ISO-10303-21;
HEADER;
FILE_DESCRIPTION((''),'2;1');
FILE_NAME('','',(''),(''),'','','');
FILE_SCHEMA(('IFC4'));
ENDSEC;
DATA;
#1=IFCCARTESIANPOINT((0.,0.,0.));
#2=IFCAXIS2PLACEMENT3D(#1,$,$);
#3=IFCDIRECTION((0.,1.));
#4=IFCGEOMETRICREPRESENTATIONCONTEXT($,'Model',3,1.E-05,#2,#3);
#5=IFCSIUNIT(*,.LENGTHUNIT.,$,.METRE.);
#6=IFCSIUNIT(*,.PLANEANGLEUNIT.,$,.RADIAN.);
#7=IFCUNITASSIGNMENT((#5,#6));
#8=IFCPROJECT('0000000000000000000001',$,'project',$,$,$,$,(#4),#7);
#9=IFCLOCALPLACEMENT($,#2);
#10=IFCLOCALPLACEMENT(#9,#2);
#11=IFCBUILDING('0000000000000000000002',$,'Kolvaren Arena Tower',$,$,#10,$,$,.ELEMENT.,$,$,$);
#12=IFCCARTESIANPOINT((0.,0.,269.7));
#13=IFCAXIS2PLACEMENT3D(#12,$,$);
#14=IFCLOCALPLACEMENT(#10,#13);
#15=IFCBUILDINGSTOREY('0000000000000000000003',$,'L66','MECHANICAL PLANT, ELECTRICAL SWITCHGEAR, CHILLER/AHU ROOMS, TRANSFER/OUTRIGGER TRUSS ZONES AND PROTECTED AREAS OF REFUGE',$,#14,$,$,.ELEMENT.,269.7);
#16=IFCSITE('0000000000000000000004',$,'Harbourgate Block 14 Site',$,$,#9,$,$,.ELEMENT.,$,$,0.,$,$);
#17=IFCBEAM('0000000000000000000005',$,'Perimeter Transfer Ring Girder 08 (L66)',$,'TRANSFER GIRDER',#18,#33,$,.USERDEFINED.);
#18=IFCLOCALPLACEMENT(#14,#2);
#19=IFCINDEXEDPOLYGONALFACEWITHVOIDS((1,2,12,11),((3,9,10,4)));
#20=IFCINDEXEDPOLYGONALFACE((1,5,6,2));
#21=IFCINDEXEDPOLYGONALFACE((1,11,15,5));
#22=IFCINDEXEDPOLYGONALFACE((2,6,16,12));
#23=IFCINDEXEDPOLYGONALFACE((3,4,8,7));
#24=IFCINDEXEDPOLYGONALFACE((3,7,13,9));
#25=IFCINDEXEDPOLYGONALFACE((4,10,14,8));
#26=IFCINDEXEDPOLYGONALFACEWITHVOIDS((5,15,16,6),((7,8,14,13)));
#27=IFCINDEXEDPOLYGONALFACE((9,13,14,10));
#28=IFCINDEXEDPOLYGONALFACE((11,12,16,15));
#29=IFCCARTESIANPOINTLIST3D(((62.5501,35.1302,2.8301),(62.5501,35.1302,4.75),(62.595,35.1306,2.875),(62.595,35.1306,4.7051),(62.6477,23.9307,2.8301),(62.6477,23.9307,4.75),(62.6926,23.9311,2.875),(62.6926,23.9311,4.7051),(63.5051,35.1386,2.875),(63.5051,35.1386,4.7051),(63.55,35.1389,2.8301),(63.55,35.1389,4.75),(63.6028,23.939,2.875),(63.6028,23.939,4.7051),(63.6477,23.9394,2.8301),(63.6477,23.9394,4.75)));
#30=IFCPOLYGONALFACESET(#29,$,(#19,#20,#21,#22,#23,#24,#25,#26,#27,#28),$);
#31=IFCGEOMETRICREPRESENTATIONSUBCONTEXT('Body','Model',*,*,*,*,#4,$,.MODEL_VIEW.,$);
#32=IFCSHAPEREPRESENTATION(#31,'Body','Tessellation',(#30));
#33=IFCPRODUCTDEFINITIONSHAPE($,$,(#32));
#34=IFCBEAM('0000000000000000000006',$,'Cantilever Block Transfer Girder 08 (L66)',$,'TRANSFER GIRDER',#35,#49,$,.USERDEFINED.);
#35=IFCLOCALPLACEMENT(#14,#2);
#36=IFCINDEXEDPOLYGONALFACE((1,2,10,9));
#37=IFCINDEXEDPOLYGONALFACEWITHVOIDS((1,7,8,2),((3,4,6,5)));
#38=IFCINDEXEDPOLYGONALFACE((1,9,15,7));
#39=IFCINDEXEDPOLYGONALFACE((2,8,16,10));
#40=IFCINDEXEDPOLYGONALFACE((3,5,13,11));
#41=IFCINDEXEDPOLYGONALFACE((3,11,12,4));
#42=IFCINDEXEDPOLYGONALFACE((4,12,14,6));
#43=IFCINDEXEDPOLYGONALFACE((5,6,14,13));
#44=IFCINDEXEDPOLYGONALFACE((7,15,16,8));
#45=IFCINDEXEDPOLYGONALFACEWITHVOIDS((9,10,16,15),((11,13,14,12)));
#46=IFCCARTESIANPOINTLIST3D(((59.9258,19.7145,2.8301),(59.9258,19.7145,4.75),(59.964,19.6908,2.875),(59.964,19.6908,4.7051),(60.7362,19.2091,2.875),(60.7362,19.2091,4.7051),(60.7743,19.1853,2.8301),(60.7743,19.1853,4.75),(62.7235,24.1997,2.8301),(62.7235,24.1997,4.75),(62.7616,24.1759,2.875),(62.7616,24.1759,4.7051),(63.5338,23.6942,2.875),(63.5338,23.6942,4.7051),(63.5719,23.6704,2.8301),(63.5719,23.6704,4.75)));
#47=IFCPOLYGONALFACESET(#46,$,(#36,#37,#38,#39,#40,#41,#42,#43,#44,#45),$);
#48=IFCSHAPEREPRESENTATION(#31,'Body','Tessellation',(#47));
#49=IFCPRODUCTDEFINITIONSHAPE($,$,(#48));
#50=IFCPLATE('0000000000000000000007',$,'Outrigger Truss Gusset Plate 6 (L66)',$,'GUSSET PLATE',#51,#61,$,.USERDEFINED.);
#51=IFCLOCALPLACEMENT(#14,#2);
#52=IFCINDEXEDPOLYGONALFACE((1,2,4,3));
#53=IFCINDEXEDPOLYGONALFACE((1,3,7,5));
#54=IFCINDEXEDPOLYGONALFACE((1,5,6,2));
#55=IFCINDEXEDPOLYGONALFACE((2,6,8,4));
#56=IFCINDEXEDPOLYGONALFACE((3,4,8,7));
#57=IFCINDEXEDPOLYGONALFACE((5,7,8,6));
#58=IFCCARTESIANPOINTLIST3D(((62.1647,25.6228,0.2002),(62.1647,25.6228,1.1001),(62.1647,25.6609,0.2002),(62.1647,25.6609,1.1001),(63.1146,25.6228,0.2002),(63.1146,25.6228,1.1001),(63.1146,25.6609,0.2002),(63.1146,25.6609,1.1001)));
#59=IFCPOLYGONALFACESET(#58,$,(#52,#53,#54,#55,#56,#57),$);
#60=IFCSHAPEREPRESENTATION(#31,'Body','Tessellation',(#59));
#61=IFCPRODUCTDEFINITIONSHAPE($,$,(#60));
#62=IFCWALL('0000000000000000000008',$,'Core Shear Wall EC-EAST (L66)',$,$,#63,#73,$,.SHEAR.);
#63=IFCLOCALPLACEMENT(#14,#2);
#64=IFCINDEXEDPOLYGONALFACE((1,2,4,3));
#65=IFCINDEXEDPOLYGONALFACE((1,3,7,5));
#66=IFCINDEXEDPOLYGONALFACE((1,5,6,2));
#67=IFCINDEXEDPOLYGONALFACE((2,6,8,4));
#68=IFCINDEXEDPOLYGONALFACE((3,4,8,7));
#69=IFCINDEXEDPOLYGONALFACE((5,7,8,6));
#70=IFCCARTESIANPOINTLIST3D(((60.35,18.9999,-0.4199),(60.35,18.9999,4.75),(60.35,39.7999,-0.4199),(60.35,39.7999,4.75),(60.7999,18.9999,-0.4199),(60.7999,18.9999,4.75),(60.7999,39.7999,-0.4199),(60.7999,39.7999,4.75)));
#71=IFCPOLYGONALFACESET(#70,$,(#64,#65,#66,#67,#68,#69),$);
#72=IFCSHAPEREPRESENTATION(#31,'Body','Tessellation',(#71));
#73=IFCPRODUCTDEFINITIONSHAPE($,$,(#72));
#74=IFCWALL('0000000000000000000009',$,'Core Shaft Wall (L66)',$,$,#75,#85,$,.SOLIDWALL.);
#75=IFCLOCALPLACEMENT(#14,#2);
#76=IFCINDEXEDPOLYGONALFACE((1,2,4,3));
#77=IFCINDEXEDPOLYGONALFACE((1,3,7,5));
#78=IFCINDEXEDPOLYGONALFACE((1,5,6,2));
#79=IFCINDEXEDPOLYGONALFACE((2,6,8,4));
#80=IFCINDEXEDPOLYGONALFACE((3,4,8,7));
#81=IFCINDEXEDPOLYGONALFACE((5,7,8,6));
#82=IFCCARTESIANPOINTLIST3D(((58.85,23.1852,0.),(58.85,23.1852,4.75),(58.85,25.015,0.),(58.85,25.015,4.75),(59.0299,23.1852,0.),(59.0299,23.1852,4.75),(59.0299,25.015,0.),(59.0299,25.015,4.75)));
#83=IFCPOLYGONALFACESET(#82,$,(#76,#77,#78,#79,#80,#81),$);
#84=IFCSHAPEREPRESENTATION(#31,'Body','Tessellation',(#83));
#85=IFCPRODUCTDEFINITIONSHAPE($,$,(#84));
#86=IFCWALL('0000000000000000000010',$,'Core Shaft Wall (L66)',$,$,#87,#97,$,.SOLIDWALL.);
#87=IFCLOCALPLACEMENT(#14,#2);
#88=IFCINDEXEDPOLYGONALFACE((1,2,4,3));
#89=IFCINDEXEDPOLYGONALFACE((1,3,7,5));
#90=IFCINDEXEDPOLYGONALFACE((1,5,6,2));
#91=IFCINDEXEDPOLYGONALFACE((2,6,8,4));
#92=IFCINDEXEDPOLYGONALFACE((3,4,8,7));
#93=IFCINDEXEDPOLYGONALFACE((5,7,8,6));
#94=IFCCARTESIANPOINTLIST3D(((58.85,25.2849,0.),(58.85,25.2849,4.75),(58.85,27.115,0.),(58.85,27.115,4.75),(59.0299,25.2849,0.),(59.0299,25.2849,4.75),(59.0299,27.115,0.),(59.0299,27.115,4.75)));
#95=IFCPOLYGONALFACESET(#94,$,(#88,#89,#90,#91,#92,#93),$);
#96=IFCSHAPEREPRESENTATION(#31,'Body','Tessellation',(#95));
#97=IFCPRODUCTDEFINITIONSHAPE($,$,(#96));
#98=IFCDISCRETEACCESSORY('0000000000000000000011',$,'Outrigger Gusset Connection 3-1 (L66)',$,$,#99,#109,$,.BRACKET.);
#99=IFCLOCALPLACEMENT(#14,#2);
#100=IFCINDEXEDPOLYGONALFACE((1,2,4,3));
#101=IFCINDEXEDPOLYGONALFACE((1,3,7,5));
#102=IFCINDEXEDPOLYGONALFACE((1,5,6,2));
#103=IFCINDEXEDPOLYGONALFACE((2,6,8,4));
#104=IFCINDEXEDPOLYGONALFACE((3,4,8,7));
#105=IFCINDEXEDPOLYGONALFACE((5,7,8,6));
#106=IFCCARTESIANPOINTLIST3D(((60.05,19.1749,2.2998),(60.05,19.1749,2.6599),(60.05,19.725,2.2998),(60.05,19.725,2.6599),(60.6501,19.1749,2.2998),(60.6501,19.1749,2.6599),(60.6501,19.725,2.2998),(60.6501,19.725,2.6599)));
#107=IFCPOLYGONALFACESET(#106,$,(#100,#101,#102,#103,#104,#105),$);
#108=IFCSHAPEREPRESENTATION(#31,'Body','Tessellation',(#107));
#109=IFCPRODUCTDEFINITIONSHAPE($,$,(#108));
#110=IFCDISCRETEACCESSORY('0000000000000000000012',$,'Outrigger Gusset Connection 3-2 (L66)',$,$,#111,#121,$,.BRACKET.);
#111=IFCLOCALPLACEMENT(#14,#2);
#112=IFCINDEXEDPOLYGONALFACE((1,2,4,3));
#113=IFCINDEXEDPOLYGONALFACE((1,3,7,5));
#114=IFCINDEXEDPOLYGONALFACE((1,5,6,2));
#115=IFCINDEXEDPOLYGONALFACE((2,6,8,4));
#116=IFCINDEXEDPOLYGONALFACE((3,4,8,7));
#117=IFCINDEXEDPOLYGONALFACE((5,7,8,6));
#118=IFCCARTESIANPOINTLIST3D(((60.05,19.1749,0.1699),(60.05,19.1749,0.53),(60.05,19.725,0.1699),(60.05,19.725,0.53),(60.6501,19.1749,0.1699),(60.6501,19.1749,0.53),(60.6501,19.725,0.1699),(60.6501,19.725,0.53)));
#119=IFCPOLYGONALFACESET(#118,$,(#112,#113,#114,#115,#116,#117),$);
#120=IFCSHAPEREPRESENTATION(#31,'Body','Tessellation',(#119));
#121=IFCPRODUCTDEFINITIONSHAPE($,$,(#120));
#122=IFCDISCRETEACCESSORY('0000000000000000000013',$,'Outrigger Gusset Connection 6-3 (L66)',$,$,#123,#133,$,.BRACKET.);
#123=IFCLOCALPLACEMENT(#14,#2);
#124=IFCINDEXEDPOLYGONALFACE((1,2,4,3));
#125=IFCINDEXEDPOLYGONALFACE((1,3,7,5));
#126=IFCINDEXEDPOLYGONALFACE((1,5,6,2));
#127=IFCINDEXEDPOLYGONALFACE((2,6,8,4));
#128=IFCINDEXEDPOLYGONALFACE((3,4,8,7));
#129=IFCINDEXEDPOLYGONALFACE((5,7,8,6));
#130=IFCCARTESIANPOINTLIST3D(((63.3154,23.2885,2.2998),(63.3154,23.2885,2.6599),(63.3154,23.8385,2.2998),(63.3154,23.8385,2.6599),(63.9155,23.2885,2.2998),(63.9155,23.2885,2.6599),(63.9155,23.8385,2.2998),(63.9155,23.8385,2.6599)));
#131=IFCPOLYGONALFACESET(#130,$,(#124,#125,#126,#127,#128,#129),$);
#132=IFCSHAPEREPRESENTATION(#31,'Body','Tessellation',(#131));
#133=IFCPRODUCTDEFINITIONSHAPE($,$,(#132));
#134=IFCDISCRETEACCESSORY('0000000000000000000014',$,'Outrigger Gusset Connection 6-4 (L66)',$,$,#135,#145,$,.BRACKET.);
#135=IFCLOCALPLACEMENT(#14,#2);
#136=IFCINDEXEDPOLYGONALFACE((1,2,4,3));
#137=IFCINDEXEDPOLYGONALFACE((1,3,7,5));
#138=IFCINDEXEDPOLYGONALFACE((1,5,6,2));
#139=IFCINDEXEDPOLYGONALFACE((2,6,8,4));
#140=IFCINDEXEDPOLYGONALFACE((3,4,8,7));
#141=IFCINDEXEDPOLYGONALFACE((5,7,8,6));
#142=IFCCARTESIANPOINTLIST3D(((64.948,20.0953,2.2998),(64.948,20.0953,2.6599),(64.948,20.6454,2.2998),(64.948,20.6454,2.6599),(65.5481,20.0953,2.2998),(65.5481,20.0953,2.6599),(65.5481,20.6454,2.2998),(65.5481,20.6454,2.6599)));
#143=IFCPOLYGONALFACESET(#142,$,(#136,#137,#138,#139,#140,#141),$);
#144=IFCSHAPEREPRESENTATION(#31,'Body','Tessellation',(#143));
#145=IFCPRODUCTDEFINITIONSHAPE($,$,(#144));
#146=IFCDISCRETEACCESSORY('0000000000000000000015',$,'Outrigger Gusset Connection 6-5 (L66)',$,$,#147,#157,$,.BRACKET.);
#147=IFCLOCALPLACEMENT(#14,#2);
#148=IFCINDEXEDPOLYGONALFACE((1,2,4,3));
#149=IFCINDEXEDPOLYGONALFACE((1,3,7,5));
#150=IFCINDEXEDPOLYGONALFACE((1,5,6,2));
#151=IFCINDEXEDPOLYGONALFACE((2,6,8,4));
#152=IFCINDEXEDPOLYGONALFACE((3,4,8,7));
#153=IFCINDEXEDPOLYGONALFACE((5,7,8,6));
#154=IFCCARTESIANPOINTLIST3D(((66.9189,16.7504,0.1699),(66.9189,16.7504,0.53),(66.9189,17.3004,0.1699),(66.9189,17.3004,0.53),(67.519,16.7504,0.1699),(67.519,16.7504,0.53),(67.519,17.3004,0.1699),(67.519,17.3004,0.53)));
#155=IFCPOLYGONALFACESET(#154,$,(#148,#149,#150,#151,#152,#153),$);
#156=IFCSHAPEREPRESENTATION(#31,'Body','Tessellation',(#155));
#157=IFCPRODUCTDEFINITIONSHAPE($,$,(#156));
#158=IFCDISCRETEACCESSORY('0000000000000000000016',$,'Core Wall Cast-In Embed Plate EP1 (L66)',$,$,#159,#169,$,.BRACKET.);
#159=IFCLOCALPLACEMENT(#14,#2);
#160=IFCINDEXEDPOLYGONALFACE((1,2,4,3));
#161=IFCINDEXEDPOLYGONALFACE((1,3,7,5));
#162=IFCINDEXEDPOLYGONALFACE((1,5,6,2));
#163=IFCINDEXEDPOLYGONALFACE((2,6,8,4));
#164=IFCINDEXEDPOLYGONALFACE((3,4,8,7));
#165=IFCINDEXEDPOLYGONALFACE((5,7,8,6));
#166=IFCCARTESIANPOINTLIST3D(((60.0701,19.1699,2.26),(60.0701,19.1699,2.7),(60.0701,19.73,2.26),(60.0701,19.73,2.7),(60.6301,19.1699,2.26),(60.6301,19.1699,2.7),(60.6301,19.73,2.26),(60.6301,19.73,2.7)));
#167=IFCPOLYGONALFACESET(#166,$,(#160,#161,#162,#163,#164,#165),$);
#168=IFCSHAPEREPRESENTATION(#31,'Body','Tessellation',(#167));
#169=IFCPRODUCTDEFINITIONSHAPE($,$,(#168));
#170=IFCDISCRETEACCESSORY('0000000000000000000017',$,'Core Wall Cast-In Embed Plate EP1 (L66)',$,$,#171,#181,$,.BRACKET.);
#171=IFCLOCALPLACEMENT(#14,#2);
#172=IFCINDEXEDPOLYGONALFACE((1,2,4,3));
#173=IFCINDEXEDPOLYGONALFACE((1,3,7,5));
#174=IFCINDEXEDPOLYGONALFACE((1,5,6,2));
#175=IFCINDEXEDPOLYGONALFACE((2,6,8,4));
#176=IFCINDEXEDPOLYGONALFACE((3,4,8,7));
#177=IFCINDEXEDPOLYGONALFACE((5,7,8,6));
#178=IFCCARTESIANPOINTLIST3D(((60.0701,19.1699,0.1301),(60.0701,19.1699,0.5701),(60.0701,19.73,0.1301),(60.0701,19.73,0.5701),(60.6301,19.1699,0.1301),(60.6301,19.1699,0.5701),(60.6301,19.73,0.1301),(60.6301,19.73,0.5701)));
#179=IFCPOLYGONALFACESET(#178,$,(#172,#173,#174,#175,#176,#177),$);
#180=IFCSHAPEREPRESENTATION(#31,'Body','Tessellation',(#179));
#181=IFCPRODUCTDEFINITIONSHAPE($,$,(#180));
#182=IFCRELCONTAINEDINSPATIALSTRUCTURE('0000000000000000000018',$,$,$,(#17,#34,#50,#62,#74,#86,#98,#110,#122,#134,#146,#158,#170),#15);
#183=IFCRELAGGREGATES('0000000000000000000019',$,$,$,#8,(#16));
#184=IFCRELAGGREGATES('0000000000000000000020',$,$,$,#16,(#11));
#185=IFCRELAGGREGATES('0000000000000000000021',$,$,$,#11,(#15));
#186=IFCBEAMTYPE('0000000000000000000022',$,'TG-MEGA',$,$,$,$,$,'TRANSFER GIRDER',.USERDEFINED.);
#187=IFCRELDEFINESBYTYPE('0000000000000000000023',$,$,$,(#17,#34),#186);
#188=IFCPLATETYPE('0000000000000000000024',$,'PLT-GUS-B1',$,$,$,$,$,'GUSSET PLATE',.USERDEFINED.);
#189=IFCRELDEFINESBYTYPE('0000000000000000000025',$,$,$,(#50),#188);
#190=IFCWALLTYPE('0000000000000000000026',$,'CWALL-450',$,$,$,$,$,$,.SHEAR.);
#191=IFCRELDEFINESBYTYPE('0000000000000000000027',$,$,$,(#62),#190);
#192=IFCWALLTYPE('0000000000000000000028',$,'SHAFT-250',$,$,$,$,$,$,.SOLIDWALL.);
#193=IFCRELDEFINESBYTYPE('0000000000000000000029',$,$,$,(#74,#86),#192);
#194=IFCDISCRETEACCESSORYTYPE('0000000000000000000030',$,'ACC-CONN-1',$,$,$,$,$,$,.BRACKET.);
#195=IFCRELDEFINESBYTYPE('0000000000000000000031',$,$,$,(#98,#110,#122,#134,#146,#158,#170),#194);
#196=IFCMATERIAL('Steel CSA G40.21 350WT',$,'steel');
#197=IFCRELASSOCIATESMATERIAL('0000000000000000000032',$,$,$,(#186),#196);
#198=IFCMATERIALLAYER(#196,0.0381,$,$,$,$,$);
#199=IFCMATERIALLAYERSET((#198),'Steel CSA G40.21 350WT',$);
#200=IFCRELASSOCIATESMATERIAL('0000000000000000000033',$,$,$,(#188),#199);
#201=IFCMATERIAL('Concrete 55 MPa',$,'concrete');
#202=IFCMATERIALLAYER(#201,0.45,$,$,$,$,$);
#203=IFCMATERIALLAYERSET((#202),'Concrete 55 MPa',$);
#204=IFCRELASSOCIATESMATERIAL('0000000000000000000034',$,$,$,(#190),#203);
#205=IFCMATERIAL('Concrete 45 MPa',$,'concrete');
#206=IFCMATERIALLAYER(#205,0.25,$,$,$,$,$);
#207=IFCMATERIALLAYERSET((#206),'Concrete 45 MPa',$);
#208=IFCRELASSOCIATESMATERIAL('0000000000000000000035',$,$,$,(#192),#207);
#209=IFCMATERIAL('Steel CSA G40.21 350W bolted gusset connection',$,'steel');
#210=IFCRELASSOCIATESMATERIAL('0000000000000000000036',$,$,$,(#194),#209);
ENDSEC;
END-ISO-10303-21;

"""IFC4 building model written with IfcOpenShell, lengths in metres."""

from ifc_helpers import new_model, si_unit, direction, frame, frame_2d, origin, origin_2d, place, context, subcontext, project, spatial, rectangle, hollow_rectangle, extrude, material, layer, layer_set, material_profile, profile_set, type_object, element, save


model = new_model("IFC4")

# Units and contexts
model_context = context("Model", 3, precision=1e-05, world=origin(), true_north=direction((0.0, 1.0)))
body_context = subcontext(model_context, "Body", "Model", "MODEL_VIEW")
ifc_project = project(units=[si_unit("LENGTHUNIT", "METRE"), si_unit("PLANEANGLEUNIT", "RADIAN")], contexts=[model_context])

# Site, building, storey
site_placement = place(None, origin())
site = spatial("IfcSite", under=ifc_project, at=site_placement, Name="Harbourgate Block 14 Site", CompositionType="ELEMENT", RefElevation=0.0)
building_placement = place(site_placement, origin())
building = spatial("IfcBuilding", under=site, at=building_placement, Name="Kolvaren Arena Tower", CompositionType="ELEMENT")
storey_placement = place(building_placement, frame((0.0, 0.0, 269.7)))
storey = spatial("IfcBuildingStorey", under=building, at=storey_placement, Name="L66", Description="MECHANICAL PLANT, ELECTRICAL SWITCHGEAR, CHILLER/AHU ROOMS, TRANSFER/OUTRIGGER TRUSS ZONES AND PROTECTED AREAS OF REFUGE", CompositionType="ELEMENT", Elevation=269.7)

# Shared definitions
ifc_material_1 = material(Name="Steel CSA G40.21 350WT", Category="steel")

# Beams
ifc_material_profile_1 = material_profile(ifc_material_1, hollow_rectangle(XDim=1.0, YDim=1.9199, WallThickness=0.0449, at=origin_2d()), Name="BOX 1000x1920x45")
ifc_profile_set_1 = profile_set([ifc_material_profile_1], Name="Steel CSA G40.21 350WT")
beam_type_1 = type_object("IfcBeamType", Name="TG-MEGA", ElementType="TRANSFER GIRDER", PredefinedType="USERDEFINED", material=ifc_profile_set_1)
beam_1_placement = place(storey_placement, frame((63.1477, 23.9351, 3.79), z_axis=(-0.008719, 0.999962, 0.0), x_axis=(-0.999962, -0.008719, 0.0)))
element("IfcBeam", 1, at=beam_1_placement, inside=storey, type_object=beam_type_1, Name="Perimeter Transfer Ring Girder 08 (L66)", ObjectType="TRANSFER GIRDER", PredefinedType="USERDEFINED", context=body_context, shape_type="SweptSolid", body=[
    extrude(hollow_rectangle(XDim=1.0, YDim=1.9199, WallThickness=0.0449, at=origin_2d()), origin(), (0.0, 0.0, 1.0), 11.2),
])
beam_2_placement = place(storey_placement, frame((63.1477, 23.9351, 3.79), z_axis=(-0.529239, -0.848473, 0.0), x_axis=(0.848473, -0.529239, 0.0)))
element("IfcBeam", 2, at=beam_2_placement, inside=storey, type_object=beam_type_1, Name="Cantilever Block Transfer Girder 08 (L66)", ObjectType="TRANSFER GIRDER", PredefinedType="USERDEFINED", context=body_context, shape_type="SweptSolid", body=[
    extrude(hollow_rectangle(XDim=1.0, YDim=1.9199, WallThickness=0.0449, at=origin_2d()), origin(), (0.0, 0.0, 1.0), 5.2861),
])

# Plate
ifc_layer_1 = layer(ifc_material_1, 0.0381)
ifc_layer_set_1 = layer_set([ifc_layer_1], Name="Steel CSA G40.21 350WT")
plate_type = type_object("IfcPlateType", Name="PLT-GUS-B1", ElementType="GUSSET PLATE", PredefinedType="USERDEFINED", material=ifc_layer_set_1)
plate_placement = place(storey_placement, frame((62.6396, 25.6418, 0.2002), z_axis=(0.0, 0.0, 1.0), x_axis=(1.0, 0.0, 0.0)))
element("IfcPlate", 3, at=plate_placement, inside=storey, type_object=plate_type, Name="Outrigger Truss Gusset Plate 6 (L66)", ObjectType="GUSSET PLATE", PredefinedType="USERDEFINED", context=body_context, shape_type="SweptSolid", body=[
    extrude(rectangle(XDim=0.95, YDim=0.0381, at=origin_2d()), origin(), (0.0, 0.0, 1.0), 0.8999),
])

# Walls
ifc_material_2 = material(Name="Concrete 55 MPa", Category="concrete")
ifc_layer_2 = layer(ifc_material_2, 0.45)
ifc_layer_set_2 = layer_set([ifc_layer_2], Name="Concrete 55 MPa")
wall_type_1 = type_object("IfcWallType", Name="CWALL-450", PredefinedType="SHEAR", material=ifc_layer_set_2)
wall_1_placement = place(storey_placement, frame((60.575, 19.0, -0.4199), z_axis=(0.0, 0.0, 1.0), x_axis=(0.0, 1.0, 0.0)))
element("IfcWall", 4, at=wall_1_placement, inside=storey, type_object=wall_type_1, Name="Core Shear Wall EC-EAST (L66)", PredefinedType="SHEAR", context=body_context, shape_type="SweptSolid", body=[
    extrude(rectangle(XDim=20.8, YDim=0.45, at=frame_2d((10.3999, 0.0))), origin(), (0.0, 0.0, 1.0), 5.1699),
])
ifc_material_3 = material(Name="Concrete 45 MPa", Category="concrete")
ifc_layer_3 = layer(ifc_material_3, 0.25)
ifc_layer_set_3 = layer_set([ifc_layer_3], Name="Concrete 45 MPa")
wall_type_2 = type_object("IfcWallType", Name="SHAFT-250", PredefinedType="SOLIDWALL", material=ifc_layer_set_3)
wall_2_placement = place(storey_placement, frame((58.9399, 23.1851, 0.0), z_axis=(0.0, 0.0, 1.0), x_axis=(0.0, 1.0, 0.0)))
element("IfcWall", 5, at=wall_2_placement, inside=storey, type_object=wall_type_2, Name="Core Shaft Wall (L66)", PredefinedType="SOLIDWALL", context=body_context, shape_type="SweptSolid", body=[
    extrude(rectangle(XDim=1.8298, YDim=0.1799, at=frame_2d((0.915, 0.0))), origin(), (0.0, 0.0, 1.0), 4.75),
])
wall_3_placement = place(storey_placement, frame((58.9399, 25.2849, 0.0), z_axis=(0.0, 0.0, 1.0), x_axis=(0.0, 1.0, 0.0)))
element("IfcWall", 6, at=wall_3_placement, inside=storey, type_object=wall_type_2, Name="Core Shaft Wall (L66)", PredefinedType="SOLIDWALL", context=body_context, shape_type="SweptSolid", body=[
    extrude(rectangle(XDim=1.8301, YDim=0.1799, at=frame_2d((0.915, 0.0))), origin(), (0.0, 0.0, 1.0), 4.75),
])

# Discrete accessories
ifc_material_4 = material(Name="Steel CSA G40.21 350W bolted gusset connection", Category="steel")
discrete_accessory_type = type_object("IfcDiscreteAccessoryType", Name="ACC-CONN-1", PredefinedType="BRACKET", material=ifc_material_4)
for number, where, z_axis, x_axis, name in (
    (7, (60.3501, 19.45, 2.2998), (0.0, 0.0, 1.0), (1.0, 0.0, 0.0), "Outrigger Gusset Connection 3-1 (L66)"),
    (8, (60.3501, 19.45, 0.1699), (0.0, 0.0, 1.0), (1.0, 0.0, 0.0), "Outrigger Gusset Connection 3-2 (L66)"),
    (9, (63.6155, 23.5635, 2.2998), (0.0, 0.0, 1.0), (1.0, 0.0, 0.0), "Outrigger Gusset Connection 6-3 (L66)"),
    (10, (65.248, 20.3704, 2.2998), (0.0, 0.0, 1.0), (1.0, 0.0, 0.0), "Outrigger Gusset Connection 6-4 (L66)"),
    (11, (67.219, 17.0254, 0.1699), (0.0, 0.0, 1.0), (1.0, 0.0, 0.0), "Outrigger Gusset Connection 6-5 (L66)"),
):
    element("IfcDiscreteAccessory", number, at=place(storey_placement, frame(where, z_axis=z_axis, x_axis=x_axis)), inside=storey, type_object=discrete_accessory_type, Name=name, PredefinedType="BRACKET", context=body_context, shape_type="SweptSolid", body=[
        extrude(rectangle(XDim=0.6001, YDim=0.55, at=origin_2d()), origin(), (0.0, 0.0, 1.0), 0.3601),
    ])
for number, where, z_axis, x_axis, name in (
    (12, (60.3501, 19.45, 2.26), (0.0, 0.0, 1.0), (1.0, 0.0, 0.0), "Core Wall Cast-In Embed Plate EP1 (L66)"),
    (13, (60.3501, 19.45, 0.1301), (0.0, 0.0, 1.0), (1.0, 0.0, 0.0), "Core Wall Cast-In Embed Plate EP1 (L66)"),
):
    element("IfcDiscreteAccessory", number, at=place(storey_placement, frame(where, z_axis=z_axis, x_axis=x_axis)), inside=storey, type_object=discrete_accessory_type, Name=name, PredefinedType="BRACKET", context=body_context, shape_type="SweptSolid", body=[
        extrude(rectangle(XDim=0.5601, YDim=0.5601, at=origin_2d()), origin(), (0.0, 0.0, 1.0), 0.4399),
    ])

save(model, "model.ifc")
